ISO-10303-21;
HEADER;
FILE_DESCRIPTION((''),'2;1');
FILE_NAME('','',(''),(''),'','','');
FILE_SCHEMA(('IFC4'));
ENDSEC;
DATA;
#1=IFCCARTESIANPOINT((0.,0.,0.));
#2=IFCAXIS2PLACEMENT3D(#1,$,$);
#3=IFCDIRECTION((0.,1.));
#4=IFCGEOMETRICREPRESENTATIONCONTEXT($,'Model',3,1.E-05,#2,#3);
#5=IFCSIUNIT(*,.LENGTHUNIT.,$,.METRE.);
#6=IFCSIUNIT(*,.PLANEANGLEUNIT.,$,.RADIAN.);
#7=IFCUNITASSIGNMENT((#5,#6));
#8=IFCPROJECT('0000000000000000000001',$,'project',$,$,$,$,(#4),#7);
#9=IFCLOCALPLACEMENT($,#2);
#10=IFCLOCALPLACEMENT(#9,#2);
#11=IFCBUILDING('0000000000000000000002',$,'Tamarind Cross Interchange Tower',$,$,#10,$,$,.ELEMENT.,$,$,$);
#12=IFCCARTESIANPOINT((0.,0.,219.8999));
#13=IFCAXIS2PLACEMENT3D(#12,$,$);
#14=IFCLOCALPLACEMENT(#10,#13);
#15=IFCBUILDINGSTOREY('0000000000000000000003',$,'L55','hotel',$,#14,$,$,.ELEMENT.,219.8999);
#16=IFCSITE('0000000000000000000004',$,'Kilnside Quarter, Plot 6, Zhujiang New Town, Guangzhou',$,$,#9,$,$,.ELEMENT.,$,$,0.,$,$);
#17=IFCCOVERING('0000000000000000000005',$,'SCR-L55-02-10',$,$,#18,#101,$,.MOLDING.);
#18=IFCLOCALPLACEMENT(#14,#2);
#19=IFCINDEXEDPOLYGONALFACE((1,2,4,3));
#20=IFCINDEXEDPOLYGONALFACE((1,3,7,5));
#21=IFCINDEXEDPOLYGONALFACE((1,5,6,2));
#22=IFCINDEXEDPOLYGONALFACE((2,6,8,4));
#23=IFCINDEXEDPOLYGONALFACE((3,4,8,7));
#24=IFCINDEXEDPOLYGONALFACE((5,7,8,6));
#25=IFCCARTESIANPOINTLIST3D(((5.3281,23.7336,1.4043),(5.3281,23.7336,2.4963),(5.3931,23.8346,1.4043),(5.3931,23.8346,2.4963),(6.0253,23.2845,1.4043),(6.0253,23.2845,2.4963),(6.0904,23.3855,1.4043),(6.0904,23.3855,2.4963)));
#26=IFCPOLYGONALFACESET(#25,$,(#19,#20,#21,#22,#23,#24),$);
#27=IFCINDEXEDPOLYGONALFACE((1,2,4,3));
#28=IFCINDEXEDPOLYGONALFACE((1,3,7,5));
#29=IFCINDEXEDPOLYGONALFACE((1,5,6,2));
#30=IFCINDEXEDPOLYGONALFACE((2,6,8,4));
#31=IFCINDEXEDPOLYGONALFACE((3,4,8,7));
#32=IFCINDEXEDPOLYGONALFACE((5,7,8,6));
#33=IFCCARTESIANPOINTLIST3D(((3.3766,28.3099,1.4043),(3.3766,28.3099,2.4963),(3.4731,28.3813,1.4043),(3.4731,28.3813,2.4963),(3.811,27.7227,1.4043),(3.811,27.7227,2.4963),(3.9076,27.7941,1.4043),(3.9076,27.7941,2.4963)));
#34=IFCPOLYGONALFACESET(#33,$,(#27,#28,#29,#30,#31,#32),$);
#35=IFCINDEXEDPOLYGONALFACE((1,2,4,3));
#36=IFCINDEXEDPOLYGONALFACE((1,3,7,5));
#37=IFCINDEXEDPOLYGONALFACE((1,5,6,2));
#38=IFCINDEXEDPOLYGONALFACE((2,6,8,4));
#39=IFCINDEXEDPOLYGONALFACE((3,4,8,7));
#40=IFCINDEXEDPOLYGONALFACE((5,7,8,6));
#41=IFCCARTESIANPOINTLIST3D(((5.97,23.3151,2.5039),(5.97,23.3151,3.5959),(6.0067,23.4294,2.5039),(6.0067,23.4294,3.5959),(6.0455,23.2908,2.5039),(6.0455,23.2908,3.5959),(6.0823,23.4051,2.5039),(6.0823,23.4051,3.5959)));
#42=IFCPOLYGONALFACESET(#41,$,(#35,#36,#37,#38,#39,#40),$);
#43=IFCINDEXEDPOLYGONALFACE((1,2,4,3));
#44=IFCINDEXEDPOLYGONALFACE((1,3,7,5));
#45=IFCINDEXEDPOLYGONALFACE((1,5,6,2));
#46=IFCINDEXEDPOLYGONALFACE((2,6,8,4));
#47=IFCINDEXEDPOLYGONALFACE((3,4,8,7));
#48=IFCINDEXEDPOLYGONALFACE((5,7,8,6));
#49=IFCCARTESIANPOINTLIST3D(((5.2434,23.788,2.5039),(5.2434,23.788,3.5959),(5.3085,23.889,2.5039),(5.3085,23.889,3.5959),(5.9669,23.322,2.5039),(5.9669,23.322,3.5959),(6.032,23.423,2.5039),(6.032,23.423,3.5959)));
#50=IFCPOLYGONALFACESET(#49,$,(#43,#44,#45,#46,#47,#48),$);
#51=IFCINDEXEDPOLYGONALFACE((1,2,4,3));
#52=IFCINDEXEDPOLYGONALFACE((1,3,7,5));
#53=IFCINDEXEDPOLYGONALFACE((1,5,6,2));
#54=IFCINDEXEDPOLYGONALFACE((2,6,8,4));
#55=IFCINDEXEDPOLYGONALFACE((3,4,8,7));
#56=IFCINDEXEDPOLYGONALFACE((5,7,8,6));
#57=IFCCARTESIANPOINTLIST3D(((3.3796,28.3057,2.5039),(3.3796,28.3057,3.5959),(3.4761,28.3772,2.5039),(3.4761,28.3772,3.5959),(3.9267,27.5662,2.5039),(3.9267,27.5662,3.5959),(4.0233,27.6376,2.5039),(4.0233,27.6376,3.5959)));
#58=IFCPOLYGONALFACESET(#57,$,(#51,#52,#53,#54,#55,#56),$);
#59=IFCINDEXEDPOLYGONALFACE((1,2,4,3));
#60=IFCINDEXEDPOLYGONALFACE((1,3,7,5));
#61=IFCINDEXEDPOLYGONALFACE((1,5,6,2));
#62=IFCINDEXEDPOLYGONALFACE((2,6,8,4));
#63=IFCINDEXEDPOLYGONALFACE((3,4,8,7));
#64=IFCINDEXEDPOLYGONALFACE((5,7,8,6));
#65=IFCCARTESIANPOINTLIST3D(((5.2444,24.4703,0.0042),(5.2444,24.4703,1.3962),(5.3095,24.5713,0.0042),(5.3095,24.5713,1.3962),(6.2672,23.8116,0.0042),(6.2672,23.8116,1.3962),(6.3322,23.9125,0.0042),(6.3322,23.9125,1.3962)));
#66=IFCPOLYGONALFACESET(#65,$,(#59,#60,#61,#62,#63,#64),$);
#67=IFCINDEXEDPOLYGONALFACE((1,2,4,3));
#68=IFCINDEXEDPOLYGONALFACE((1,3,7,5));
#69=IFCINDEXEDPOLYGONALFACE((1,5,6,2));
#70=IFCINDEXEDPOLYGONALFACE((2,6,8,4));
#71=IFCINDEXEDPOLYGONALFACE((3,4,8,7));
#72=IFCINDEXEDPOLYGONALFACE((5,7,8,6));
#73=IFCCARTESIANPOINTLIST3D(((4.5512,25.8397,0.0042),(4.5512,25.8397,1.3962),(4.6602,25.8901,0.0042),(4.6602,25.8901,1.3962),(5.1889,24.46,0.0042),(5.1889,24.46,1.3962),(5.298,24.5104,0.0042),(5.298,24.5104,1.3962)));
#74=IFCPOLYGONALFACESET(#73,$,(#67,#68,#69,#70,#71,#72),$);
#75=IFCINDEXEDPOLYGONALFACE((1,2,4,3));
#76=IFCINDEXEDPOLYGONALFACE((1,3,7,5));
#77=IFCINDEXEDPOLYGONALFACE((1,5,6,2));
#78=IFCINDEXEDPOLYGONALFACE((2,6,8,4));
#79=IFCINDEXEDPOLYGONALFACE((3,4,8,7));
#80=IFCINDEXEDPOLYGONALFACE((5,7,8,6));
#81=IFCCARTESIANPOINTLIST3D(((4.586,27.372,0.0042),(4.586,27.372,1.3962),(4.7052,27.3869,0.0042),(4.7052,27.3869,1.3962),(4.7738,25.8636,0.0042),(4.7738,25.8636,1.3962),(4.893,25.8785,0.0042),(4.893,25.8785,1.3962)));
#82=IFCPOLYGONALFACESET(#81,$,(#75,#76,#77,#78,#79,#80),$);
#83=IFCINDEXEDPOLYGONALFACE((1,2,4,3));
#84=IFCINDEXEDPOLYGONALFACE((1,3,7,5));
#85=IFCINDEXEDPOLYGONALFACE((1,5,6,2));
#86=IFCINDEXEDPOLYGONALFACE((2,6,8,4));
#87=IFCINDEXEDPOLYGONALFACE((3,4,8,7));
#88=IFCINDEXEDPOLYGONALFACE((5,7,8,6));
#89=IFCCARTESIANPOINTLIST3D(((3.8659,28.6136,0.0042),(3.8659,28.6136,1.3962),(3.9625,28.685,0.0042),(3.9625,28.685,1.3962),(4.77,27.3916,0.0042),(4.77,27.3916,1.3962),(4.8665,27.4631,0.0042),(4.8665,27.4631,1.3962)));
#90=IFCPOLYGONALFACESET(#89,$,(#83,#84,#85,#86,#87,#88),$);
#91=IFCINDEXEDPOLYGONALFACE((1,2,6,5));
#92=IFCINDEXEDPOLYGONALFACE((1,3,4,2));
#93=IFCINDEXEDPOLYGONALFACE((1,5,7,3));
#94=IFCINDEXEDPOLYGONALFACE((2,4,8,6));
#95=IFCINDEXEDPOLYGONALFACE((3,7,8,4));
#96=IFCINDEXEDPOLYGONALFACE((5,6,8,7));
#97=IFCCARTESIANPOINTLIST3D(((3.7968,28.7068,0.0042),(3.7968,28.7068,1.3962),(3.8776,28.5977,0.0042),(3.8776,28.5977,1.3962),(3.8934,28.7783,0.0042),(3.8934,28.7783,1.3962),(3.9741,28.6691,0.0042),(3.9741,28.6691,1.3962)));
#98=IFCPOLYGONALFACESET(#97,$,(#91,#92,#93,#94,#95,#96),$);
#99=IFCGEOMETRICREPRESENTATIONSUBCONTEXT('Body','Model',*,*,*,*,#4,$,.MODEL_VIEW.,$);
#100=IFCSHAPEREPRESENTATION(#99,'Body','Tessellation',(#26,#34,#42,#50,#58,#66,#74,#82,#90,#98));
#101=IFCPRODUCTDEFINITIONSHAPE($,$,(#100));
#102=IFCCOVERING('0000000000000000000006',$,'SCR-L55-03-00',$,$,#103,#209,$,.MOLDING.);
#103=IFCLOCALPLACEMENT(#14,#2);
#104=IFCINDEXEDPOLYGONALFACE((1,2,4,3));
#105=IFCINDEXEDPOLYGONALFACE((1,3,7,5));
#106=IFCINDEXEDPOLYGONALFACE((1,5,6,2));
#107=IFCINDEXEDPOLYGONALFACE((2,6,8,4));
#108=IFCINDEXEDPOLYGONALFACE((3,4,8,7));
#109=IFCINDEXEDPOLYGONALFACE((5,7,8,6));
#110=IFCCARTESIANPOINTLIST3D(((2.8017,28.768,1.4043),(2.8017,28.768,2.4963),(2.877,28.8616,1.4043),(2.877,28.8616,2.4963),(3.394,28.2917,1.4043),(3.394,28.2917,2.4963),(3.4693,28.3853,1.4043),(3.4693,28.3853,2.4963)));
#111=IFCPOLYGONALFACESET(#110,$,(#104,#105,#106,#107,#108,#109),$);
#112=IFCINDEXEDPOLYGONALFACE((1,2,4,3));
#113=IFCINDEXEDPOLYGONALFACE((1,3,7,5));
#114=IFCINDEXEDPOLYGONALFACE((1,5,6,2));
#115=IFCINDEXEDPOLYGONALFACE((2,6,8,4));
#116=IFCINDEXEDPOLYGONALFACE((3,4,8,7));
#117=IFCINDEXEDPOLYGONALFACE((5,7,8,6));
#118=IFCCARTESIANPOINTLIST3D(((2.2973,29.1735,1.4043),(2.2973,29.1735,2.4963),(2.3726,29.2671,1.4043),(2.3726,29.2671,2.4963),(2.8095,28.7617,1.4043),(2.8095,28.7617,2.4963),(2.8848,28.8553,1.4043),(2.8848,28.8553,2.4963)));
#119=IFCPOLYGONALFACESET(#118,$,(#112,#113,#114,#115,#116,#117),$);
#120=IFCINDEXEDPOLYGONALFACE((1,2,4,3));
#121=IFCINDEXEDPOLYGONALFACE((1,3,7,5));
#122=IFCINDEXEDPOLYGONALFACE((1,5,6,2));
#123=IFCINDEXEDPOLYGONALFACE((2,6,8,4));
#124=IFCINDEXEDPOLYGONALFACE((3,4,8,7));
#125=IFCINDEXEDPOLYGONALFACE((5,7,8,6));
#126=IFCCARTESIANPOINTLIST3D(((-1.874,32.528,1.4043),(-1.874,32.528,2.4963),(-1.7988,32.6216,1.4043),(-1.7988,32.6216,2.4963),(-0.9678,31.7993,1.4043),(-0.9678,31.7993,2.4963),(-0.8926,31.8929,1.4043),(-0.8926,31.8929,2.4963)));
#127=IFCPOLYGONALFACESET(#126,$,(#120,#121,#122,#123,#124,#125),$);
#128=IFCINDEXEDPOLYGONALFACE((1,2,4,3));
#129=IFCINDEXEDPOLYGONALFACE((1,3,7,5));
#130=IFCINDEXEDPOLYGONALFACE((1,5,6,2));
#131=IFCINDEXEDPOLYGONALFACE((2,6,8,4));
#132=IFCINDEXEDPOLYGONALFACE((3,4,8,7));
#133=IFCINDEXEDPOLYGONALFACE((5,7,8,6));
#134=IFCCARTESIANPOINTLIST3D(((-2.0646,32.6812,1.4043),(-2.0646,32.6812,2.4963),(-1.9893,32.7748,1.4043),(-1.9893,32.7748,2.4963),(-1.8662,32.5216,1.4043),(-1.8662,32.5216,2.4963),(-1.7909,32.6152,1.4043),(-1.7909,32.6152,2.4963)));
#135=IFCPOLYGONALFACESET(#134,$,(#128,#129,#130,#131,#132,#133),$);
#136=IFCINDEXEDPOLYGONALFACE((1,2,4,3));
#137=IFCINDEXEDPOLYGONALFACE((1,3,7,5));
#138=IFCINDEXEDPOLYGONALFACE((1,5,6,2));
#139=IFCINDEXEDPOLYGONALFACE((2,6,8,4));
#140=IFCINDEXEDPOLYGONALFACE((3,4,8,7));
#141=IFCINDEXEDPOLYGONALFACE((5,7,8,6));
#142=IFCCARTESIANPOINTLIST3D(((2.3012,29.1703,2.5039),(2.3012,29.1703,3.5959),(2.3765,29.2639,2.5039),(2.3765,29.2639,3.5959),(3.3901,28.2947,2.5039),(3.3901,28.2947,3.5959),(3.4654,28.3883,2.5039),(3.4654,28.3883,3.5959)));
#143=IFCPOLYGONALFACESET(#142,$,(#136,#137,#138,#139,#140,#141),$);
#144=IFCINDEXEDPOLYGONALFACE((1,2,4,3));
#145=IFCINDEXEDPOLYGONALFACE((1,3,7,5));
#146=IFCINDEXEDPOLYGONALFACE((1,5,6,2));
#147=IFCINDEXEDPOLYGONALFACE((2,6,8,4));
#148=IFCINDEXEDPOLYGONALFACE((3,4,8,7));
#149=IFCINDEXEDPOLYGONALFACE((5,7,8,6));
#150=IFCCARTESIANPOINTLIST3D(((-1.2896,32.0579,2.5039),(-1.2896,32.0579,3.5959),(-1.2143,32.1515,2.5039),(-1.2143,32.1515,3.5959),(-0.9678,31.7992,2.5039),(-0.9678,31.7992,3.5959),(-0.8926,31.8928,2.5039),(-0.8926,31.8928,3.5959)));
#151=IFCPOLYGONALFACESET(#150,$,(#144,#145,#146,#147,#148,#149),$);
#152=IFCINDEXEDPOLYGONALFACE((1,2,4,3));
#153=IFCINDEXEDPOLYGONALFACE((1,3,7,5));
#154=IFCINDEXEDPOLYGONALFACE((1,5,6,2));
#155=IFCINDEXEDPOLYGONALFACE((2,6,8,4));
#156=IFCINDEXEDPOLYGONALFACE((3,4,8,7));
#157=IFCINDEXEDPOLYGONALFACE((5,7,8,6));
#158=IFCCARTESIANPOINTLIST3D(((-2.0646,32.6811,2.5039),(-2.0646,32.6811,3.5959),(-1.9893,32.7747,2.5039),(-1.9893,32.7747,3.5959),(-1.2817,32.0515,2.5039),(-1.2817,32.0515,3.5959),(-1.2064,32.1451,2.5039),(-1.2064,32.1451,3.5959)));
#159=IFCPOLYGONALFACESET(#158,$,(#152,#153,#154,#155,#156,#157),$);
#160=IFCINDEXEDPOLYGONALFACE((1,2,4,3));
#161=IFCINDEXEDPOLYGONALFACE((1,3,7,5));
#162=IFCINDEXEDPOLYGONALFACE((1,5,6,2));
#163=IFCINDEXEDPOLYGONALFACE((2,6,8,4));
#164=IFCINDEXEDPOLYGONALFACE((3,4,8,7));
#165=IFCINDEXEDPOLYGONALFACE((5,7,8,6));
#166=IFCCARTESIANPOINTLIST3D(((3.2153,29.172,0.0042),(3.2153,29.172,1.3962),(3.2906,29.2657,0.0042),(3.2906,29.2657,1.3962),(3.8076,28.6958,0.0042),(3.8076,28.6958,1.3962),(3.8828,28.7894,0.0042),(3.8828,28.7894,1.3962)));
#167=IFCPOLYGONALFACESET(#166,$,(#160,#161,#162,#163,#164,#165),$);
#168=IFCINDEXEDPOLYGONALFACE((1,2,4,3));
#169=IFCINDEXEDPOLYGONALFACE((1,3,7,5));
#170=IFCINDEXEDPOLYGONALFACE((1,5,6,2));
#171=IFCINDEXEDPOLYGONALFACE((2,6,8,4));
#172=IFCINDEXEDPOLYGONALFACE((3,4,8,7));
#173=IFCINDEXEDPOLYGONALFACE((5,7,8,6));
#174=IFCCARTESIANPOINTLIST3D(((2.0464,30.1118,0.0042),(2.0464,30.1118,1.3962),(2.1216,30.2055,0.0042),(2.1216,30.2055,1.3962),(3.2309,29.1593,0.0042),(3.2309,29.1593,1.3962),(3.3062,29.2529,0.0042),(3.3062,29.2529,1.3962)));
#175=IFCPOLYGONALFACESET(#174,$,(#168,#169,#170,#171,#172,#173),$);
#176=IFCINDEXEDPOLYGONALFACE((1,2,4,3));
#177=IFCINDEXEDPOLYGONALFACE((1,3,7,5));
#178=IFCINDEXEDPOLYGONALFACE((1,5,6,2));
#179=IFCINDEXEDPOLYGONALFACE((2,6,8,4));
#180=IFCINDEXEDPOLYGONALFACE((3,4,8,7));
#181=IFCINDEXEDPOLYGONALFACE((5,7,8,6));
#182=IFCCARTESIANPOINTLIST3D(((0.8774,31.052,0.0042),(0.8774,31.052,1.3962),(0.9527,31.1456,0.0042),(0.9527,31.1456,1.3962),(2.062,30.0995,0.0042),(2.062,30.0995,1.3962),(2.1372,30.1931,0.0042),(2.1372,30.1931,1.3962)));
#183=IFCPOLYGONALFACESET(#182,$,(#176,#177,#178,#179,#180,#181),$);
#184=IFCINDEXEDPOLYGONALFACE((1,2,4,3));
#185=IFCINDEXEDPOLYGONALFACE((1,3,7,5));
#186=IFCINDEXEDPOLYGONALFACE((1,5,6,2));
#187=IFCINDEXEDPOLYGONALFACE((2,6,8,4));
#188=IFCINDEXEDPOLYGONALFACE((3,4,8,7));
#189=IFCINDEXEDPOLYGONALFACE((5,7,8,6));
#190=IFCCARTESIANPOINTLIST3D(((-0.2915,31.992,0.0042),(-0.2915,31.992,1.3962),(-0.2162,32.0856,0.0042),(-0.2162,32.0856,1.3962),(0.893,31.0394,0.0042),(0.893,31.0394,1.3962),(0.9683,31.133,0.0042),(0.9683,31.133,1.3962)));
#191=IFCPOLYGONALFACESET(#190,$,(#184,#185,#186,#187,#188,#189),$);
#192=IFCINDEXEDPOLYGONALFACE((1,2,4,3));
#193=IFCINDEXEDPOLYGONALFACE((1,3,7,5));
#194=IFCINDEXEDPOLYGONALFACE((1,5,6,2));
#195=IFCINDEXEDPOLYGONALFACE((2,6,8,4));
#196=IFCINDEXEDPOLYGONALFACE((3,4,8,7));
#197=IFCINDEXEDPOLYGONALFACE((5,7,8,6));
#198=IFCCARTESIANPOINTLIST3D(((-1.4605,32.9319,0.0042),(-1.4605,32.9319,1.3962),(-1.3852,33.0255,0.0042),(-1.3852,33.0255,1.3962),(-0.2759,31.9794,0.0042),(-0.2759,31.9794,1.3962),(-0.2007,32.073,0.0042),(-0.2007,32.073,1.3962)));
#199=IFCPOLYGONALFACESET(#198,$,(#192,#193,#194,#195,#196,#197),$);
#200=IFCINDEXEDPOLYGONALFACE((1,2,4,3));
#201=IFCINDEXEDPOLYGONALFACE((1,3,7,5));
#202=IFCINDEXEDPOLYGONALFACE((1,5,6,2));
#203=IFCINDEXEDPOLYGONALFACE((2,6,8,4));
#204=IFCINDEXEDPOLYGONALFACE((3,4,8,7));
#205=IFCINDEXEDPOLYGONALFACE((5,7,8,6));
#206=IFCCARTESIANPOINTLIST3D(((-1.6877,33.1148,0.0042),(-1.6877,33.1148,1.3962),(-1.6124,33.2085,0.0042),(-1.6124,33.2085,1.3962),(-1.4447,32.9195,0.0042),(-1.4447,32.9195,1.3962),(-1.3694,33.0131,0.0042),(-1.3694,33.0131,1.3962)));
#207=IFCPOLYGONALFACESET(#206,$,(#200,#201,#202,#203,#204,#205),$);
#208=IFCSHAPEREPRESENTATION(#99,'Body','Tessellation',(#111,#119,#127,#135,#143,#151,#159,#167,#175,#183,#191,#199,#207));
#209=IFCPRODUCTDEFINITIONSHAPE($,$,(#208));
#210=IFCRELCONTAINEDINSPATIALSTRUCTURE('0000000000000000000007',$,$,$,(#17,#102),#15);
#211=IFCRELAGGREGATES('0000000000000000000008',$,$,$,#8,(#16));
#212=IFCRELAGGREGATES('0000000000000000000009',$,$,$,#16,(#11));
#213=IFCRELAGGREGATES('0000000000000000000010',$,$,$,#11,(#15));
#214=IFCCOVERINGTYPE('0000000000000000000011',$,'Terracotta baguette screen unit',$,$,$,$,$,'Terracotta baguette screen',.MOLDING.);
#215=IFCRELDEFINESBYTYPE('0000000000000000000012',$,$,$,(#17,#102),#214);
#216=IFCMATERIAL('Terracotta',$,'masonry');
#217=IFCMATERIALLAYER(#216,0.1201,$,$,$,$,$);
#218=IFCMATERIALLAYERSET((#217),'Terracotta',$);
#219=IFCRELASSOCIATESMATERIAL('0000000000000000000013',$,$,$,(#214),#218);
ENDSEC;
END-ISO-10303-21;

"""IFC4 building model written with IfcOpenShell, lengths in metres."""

from ifc_helpers import new_model, si_unit, direction, frame, origin, origin_2d, place, context, subcontext, project, spatial, rectangle, extrude, material, layer, layer_set, type_object, element, save


model = new_model("IFC4")

# Units and contexts
model_context = context("Model", 3, precision=1e-05, world=origin(), true_north=direction((0.0, 1.0)))
body_context = subcontext(model_context, "Body", "Model", "MODEL_VIEW")
ifc_project = project(units=[si_unit("LENGTHUNIT", "METRE"), si_unit("PLANEANGLEUNIT", "RADIAN")], contexts=[model_context])

# Site, building, storey
site_placement = place(None, origin())
site = spatial("IfcSite", under=ifc_project, at=site_placement, Name="Kilnside Quarter, Plot 6, Zhujiang New Town, Guangzhou", CompositionType="ELEMENT", RefElevation=0.0)
building_placement = place(site_placement, origin())
building = spatial("IfcBuilding", under=site, at=building_placement, Name="Tamarind Cross Interchange Tower", CompositionType="ELEMENT")
storey_placement = place(building_placement, frame((0.0, 0.0, 219.8999)))
storey = spatial("IfcBuildingStorey", under=building, at=storey_placement, Name="L55", Description="hotel", CompositionType="ELEMENT", Elevation=219.8999)

# Coverings
ifc_material_1 = material(Name="Terracotta", Category="masonry")
ifc_layer_1 = layer(ifc_material_1, 0.1201)
ifc_layer_set_1 = layer_set([ifc_layer_1], Name="Terracotta")
covering_type = type_object("IfcCoveringType", Name="Terracotta baguette screen unit", ElementType="Terracotta baguette screen", PredefinedType="MOLDING", material=ifc_layer_set_1)
covering_1_placement = place(storey_placement, origin())
element("IfcCovering", 1, at=covering_1_placement, inside=storey, type_object=covering_type, Name="SCR-L55-02-10", PredefinedType="MOLDING", context=body_context, shape_type="SweptSolid", body=[
    extrude(rectangle(XDim=0.8293, YDim=0.1201, at=origin_2d()), frame((5.7092, 23.5596, 1.4043), z_axis=(0.0, 0.0, 1.0), x_axis=(-0.840725, 0.541463, 0.0)), (0.0, 0.0, 1.0), 1.092),
    extrude(rectangle(XDim=0.7305, YDim=0.1201, at=origin_2d()), frame((3.6421, 28.052, 1.4043), z_axis=(0.0, 0.0, 1.0), x_axis=(-0.594771, 0.803896, 0.0)), (0.0, 0.0, 1.0), 1.092),
    extrude(rectangle(XDim=0.0793, YDim=0.1201, at=origin_2d()), frame((6.0261, 23.3601, 2.5039), z_axis=(0.0, 0.0, 1.0), x_axis=(-0.951959, 0.306225, 0.0)), (0.0, 0.0, 1.0), 1.092),
    extrude(rectangle(XDim=0.8606, YDim=0.1201, at=origin_2d()), frame((5.6377, 23.6055, 2.5039), z_axis=(0.0, 0.0, 1.0), x_axis=(-0.840725, 0.541463, 0.0)), (0.0, 0.0, 1.0), 1.092),
    extrude(rectangle(XDim=0.9199, YDim=0.1201, at=origin_2d()), frame((3.7014, 27.9717, 2.5039), z_axis=(0.0, 0.0, 1.0), x_axis=(-0.594771, 0.803896, 0.0)), (0.0, 0.0, 1.0), 1.092),
    extrude(rectangle(XDim=1.2166, YDim=0.1201, at=origin_2d()), frame((5.7883, 24.1914, 0.0042), z_axis=(0.0, 0.0, 1.0), x_axis=(-0.840725, 0.541463, 0.0)), (0.0, 0.0, 1.0), 1.3921),
    extrude(rectangle(XDim=1.52, YDim=0.1201, at=origin_2d()), frame((4.9246, 25.175, 0.0042), z_axis=(0.0, 0.0, 1.0), x_axis=(-0.419581, 0.907718, 0.0)), (0.0, 0.0, 1.0), 1.3921),
    extrude(rectangle(XDim=1.52, YDim=0.1201, at=origin_2d()), frame((4.7395, 26.6252, 0.0042), z_axis=(0.0, 0.0, 1.0), x_axis=(-0.123574, 0.992335, 0.0)), (0.0, 0.0, 1.0), 1.3921),
    extrude(rectangle(XDim=1.52, YDim=0.1201, at=origin_2d()), frame((4.3662, 28.0383, 0.0042), z_axis=(0.0, 0.0, 1.0), x_axis=(-0.594771, 0.803896, 0.0)), (0.0, 0.0, 1.0), 1.3921),
    extrude(rectangle(XDim=0.1357, YDim=0.1201, at=origin_2d()), frame((3.8855, 28.688, 0.0042), z_axis=(0.0, 0.0, 1.0), x_axis=(-0.594771, 0.803896, 0.0)), (0.0, 0.0, 1.0), 1.3921),
])
covering_2_placement = place(storey_placement, origin())
element("IfcCovering", 2, at=covering_2_placement, inside=storey, type_object=covering_type, Name="SCR-L55-03-00", PredefinedType="MOLDING", context=body_context, shape_type="SweptSolid", body=[
    extrude(rectangle(XDim=0.76, YDim=0.1201, at=origin_2d()), frame((3.1355, 28.5767, 1.4043), z_axis=(0.0, 0.0, 1.0), x_axis=(-0.779285, 0.626669, 0.0)), (0.0, 0.0, 1.0), 1.092),
    extrude(rectangle(XDim=0.6572, YDim=0.1201, at=origin_2d()), frame((2.5911, 29.0144, 1.4043), z_axis=(0.0, 0.0, 1.0), x_axis=(-0.779285, 0.626669, 0.0)), (0.0, 0.0, 1.0), 1.092),
    extrude(rectangle(XDim=1.1628, YDim=0.1201, at=origin_2d()), frame((-1.3833, 32.2104, 1.4043), z_axis=(0.0, 0.0, 1.0), x_axis=(-0.779285, 0.626669, 0.0)), (0.0, 0.0, 1.0), 1.092),
    extrude(rectangle(XDim=0.2546, YDim=0.1201, at=origin_2d()), frame((-1.9277, 32.6482, 1.4043), z_axis=(0.0, 0.0, 1.0), x_axis=(-0.779285, 0.626669, 0.0)), (0.0, 0.0, 1.0), 1.092),
    extrude(rectangle(XDim=1.3972, YDim=0.1201, at=origin_2d()), frame((2.8833, 28.7793, 2.5039), z_axis=(0.0, 0.0, 1.0), x_axis=(-0.779285, 0.626669, 0.0)), (0.0, 0.0, 1.0), 1.092),
    extrude(rectangle(XDim=0.4128, YDim=0.1201, at=origin_2d()), frame((-1.0911, 31.9753, 2.5039), z_axis=(0.0, 0.0, 1.0), x_axis=(-0.779285, 0.626669, 0.0)), (0.0, 0.0, 1.0), 1.092),
    extrude(rectangle(XDim=1.0046, YDim=0.1201, at=origin_2d()), frame((-1.6355, 32.4131, 2.5039), z_axis=(0.0, 0.0, 1.0), x_axis=(-0.779285, 0.626669, 0.0)), (0.0, 0.0, 1.0), 1.092),
    extrude(rectangle(XDim=0.76, YDim=0.1201, at=origin_2d()), frame((3.5491, 28.9807, 0.0042), z_axis=(0.0, 0.0, 1.0), x_axis=(-0.779285, 0.626669, 0.0)), (0.0, 0.0, 1.0), 1.3921),
    extrude(rectangle(XDim=1.52, YDim=0.1201, at=origin_2d()), frame((2.6763, 29.6824, 0.0042), z_axis=(0.0, 0.0, 1.0), x_axis=(-0.779285, 0.626669, 0.0)), (0.0, 0.0, 1.0), 1.3921),
    extrude(rectangle(XDim=1.52, YDim=0.1201, at=origin_2d()), frame((1.5073, 30.6226, 0.0042), z_axis=(0.0, 0.0, 1.0), x_axis=(-0.779285, 0.626669, 0.0)), (0.0, 0.0, 1.0), 1.3921),
    extrude(rectangle(XDim=1.52, YDim=0.1201, at=origin_2d()), frame((0.3384, 31.5625, 0.0042), z_axis=(0.0, 0.0, 1.0), x_axis=(-0.779285, 0.626669, 0.0)), (0.0, 0.0, 1.0), 1.3921),
    extrude(rectangle(XDim=1.52, YDim=0.1201, at=origin_2d()), frame((-0.8306, 32.5024, 0.0042), z_axis=(0.0, 0.0, 1.0), x_axis=(-0.779285, 0.626669, 0.0)), (0.0, 0.0, 1.0), 1.3921),
    extrude(rectangle(XDim=0.3118, YDim=0.1201, at=origin_2d()), frame((-1.5286, 33.064, 0.0042), z_axis=(0.0, 0.0, 1.0), x_axis=(-0.779285, 0.626669, 0.0)), (0.0, 0.0, 1.0), 1.3921),
])

save(model, "model.ifc")
